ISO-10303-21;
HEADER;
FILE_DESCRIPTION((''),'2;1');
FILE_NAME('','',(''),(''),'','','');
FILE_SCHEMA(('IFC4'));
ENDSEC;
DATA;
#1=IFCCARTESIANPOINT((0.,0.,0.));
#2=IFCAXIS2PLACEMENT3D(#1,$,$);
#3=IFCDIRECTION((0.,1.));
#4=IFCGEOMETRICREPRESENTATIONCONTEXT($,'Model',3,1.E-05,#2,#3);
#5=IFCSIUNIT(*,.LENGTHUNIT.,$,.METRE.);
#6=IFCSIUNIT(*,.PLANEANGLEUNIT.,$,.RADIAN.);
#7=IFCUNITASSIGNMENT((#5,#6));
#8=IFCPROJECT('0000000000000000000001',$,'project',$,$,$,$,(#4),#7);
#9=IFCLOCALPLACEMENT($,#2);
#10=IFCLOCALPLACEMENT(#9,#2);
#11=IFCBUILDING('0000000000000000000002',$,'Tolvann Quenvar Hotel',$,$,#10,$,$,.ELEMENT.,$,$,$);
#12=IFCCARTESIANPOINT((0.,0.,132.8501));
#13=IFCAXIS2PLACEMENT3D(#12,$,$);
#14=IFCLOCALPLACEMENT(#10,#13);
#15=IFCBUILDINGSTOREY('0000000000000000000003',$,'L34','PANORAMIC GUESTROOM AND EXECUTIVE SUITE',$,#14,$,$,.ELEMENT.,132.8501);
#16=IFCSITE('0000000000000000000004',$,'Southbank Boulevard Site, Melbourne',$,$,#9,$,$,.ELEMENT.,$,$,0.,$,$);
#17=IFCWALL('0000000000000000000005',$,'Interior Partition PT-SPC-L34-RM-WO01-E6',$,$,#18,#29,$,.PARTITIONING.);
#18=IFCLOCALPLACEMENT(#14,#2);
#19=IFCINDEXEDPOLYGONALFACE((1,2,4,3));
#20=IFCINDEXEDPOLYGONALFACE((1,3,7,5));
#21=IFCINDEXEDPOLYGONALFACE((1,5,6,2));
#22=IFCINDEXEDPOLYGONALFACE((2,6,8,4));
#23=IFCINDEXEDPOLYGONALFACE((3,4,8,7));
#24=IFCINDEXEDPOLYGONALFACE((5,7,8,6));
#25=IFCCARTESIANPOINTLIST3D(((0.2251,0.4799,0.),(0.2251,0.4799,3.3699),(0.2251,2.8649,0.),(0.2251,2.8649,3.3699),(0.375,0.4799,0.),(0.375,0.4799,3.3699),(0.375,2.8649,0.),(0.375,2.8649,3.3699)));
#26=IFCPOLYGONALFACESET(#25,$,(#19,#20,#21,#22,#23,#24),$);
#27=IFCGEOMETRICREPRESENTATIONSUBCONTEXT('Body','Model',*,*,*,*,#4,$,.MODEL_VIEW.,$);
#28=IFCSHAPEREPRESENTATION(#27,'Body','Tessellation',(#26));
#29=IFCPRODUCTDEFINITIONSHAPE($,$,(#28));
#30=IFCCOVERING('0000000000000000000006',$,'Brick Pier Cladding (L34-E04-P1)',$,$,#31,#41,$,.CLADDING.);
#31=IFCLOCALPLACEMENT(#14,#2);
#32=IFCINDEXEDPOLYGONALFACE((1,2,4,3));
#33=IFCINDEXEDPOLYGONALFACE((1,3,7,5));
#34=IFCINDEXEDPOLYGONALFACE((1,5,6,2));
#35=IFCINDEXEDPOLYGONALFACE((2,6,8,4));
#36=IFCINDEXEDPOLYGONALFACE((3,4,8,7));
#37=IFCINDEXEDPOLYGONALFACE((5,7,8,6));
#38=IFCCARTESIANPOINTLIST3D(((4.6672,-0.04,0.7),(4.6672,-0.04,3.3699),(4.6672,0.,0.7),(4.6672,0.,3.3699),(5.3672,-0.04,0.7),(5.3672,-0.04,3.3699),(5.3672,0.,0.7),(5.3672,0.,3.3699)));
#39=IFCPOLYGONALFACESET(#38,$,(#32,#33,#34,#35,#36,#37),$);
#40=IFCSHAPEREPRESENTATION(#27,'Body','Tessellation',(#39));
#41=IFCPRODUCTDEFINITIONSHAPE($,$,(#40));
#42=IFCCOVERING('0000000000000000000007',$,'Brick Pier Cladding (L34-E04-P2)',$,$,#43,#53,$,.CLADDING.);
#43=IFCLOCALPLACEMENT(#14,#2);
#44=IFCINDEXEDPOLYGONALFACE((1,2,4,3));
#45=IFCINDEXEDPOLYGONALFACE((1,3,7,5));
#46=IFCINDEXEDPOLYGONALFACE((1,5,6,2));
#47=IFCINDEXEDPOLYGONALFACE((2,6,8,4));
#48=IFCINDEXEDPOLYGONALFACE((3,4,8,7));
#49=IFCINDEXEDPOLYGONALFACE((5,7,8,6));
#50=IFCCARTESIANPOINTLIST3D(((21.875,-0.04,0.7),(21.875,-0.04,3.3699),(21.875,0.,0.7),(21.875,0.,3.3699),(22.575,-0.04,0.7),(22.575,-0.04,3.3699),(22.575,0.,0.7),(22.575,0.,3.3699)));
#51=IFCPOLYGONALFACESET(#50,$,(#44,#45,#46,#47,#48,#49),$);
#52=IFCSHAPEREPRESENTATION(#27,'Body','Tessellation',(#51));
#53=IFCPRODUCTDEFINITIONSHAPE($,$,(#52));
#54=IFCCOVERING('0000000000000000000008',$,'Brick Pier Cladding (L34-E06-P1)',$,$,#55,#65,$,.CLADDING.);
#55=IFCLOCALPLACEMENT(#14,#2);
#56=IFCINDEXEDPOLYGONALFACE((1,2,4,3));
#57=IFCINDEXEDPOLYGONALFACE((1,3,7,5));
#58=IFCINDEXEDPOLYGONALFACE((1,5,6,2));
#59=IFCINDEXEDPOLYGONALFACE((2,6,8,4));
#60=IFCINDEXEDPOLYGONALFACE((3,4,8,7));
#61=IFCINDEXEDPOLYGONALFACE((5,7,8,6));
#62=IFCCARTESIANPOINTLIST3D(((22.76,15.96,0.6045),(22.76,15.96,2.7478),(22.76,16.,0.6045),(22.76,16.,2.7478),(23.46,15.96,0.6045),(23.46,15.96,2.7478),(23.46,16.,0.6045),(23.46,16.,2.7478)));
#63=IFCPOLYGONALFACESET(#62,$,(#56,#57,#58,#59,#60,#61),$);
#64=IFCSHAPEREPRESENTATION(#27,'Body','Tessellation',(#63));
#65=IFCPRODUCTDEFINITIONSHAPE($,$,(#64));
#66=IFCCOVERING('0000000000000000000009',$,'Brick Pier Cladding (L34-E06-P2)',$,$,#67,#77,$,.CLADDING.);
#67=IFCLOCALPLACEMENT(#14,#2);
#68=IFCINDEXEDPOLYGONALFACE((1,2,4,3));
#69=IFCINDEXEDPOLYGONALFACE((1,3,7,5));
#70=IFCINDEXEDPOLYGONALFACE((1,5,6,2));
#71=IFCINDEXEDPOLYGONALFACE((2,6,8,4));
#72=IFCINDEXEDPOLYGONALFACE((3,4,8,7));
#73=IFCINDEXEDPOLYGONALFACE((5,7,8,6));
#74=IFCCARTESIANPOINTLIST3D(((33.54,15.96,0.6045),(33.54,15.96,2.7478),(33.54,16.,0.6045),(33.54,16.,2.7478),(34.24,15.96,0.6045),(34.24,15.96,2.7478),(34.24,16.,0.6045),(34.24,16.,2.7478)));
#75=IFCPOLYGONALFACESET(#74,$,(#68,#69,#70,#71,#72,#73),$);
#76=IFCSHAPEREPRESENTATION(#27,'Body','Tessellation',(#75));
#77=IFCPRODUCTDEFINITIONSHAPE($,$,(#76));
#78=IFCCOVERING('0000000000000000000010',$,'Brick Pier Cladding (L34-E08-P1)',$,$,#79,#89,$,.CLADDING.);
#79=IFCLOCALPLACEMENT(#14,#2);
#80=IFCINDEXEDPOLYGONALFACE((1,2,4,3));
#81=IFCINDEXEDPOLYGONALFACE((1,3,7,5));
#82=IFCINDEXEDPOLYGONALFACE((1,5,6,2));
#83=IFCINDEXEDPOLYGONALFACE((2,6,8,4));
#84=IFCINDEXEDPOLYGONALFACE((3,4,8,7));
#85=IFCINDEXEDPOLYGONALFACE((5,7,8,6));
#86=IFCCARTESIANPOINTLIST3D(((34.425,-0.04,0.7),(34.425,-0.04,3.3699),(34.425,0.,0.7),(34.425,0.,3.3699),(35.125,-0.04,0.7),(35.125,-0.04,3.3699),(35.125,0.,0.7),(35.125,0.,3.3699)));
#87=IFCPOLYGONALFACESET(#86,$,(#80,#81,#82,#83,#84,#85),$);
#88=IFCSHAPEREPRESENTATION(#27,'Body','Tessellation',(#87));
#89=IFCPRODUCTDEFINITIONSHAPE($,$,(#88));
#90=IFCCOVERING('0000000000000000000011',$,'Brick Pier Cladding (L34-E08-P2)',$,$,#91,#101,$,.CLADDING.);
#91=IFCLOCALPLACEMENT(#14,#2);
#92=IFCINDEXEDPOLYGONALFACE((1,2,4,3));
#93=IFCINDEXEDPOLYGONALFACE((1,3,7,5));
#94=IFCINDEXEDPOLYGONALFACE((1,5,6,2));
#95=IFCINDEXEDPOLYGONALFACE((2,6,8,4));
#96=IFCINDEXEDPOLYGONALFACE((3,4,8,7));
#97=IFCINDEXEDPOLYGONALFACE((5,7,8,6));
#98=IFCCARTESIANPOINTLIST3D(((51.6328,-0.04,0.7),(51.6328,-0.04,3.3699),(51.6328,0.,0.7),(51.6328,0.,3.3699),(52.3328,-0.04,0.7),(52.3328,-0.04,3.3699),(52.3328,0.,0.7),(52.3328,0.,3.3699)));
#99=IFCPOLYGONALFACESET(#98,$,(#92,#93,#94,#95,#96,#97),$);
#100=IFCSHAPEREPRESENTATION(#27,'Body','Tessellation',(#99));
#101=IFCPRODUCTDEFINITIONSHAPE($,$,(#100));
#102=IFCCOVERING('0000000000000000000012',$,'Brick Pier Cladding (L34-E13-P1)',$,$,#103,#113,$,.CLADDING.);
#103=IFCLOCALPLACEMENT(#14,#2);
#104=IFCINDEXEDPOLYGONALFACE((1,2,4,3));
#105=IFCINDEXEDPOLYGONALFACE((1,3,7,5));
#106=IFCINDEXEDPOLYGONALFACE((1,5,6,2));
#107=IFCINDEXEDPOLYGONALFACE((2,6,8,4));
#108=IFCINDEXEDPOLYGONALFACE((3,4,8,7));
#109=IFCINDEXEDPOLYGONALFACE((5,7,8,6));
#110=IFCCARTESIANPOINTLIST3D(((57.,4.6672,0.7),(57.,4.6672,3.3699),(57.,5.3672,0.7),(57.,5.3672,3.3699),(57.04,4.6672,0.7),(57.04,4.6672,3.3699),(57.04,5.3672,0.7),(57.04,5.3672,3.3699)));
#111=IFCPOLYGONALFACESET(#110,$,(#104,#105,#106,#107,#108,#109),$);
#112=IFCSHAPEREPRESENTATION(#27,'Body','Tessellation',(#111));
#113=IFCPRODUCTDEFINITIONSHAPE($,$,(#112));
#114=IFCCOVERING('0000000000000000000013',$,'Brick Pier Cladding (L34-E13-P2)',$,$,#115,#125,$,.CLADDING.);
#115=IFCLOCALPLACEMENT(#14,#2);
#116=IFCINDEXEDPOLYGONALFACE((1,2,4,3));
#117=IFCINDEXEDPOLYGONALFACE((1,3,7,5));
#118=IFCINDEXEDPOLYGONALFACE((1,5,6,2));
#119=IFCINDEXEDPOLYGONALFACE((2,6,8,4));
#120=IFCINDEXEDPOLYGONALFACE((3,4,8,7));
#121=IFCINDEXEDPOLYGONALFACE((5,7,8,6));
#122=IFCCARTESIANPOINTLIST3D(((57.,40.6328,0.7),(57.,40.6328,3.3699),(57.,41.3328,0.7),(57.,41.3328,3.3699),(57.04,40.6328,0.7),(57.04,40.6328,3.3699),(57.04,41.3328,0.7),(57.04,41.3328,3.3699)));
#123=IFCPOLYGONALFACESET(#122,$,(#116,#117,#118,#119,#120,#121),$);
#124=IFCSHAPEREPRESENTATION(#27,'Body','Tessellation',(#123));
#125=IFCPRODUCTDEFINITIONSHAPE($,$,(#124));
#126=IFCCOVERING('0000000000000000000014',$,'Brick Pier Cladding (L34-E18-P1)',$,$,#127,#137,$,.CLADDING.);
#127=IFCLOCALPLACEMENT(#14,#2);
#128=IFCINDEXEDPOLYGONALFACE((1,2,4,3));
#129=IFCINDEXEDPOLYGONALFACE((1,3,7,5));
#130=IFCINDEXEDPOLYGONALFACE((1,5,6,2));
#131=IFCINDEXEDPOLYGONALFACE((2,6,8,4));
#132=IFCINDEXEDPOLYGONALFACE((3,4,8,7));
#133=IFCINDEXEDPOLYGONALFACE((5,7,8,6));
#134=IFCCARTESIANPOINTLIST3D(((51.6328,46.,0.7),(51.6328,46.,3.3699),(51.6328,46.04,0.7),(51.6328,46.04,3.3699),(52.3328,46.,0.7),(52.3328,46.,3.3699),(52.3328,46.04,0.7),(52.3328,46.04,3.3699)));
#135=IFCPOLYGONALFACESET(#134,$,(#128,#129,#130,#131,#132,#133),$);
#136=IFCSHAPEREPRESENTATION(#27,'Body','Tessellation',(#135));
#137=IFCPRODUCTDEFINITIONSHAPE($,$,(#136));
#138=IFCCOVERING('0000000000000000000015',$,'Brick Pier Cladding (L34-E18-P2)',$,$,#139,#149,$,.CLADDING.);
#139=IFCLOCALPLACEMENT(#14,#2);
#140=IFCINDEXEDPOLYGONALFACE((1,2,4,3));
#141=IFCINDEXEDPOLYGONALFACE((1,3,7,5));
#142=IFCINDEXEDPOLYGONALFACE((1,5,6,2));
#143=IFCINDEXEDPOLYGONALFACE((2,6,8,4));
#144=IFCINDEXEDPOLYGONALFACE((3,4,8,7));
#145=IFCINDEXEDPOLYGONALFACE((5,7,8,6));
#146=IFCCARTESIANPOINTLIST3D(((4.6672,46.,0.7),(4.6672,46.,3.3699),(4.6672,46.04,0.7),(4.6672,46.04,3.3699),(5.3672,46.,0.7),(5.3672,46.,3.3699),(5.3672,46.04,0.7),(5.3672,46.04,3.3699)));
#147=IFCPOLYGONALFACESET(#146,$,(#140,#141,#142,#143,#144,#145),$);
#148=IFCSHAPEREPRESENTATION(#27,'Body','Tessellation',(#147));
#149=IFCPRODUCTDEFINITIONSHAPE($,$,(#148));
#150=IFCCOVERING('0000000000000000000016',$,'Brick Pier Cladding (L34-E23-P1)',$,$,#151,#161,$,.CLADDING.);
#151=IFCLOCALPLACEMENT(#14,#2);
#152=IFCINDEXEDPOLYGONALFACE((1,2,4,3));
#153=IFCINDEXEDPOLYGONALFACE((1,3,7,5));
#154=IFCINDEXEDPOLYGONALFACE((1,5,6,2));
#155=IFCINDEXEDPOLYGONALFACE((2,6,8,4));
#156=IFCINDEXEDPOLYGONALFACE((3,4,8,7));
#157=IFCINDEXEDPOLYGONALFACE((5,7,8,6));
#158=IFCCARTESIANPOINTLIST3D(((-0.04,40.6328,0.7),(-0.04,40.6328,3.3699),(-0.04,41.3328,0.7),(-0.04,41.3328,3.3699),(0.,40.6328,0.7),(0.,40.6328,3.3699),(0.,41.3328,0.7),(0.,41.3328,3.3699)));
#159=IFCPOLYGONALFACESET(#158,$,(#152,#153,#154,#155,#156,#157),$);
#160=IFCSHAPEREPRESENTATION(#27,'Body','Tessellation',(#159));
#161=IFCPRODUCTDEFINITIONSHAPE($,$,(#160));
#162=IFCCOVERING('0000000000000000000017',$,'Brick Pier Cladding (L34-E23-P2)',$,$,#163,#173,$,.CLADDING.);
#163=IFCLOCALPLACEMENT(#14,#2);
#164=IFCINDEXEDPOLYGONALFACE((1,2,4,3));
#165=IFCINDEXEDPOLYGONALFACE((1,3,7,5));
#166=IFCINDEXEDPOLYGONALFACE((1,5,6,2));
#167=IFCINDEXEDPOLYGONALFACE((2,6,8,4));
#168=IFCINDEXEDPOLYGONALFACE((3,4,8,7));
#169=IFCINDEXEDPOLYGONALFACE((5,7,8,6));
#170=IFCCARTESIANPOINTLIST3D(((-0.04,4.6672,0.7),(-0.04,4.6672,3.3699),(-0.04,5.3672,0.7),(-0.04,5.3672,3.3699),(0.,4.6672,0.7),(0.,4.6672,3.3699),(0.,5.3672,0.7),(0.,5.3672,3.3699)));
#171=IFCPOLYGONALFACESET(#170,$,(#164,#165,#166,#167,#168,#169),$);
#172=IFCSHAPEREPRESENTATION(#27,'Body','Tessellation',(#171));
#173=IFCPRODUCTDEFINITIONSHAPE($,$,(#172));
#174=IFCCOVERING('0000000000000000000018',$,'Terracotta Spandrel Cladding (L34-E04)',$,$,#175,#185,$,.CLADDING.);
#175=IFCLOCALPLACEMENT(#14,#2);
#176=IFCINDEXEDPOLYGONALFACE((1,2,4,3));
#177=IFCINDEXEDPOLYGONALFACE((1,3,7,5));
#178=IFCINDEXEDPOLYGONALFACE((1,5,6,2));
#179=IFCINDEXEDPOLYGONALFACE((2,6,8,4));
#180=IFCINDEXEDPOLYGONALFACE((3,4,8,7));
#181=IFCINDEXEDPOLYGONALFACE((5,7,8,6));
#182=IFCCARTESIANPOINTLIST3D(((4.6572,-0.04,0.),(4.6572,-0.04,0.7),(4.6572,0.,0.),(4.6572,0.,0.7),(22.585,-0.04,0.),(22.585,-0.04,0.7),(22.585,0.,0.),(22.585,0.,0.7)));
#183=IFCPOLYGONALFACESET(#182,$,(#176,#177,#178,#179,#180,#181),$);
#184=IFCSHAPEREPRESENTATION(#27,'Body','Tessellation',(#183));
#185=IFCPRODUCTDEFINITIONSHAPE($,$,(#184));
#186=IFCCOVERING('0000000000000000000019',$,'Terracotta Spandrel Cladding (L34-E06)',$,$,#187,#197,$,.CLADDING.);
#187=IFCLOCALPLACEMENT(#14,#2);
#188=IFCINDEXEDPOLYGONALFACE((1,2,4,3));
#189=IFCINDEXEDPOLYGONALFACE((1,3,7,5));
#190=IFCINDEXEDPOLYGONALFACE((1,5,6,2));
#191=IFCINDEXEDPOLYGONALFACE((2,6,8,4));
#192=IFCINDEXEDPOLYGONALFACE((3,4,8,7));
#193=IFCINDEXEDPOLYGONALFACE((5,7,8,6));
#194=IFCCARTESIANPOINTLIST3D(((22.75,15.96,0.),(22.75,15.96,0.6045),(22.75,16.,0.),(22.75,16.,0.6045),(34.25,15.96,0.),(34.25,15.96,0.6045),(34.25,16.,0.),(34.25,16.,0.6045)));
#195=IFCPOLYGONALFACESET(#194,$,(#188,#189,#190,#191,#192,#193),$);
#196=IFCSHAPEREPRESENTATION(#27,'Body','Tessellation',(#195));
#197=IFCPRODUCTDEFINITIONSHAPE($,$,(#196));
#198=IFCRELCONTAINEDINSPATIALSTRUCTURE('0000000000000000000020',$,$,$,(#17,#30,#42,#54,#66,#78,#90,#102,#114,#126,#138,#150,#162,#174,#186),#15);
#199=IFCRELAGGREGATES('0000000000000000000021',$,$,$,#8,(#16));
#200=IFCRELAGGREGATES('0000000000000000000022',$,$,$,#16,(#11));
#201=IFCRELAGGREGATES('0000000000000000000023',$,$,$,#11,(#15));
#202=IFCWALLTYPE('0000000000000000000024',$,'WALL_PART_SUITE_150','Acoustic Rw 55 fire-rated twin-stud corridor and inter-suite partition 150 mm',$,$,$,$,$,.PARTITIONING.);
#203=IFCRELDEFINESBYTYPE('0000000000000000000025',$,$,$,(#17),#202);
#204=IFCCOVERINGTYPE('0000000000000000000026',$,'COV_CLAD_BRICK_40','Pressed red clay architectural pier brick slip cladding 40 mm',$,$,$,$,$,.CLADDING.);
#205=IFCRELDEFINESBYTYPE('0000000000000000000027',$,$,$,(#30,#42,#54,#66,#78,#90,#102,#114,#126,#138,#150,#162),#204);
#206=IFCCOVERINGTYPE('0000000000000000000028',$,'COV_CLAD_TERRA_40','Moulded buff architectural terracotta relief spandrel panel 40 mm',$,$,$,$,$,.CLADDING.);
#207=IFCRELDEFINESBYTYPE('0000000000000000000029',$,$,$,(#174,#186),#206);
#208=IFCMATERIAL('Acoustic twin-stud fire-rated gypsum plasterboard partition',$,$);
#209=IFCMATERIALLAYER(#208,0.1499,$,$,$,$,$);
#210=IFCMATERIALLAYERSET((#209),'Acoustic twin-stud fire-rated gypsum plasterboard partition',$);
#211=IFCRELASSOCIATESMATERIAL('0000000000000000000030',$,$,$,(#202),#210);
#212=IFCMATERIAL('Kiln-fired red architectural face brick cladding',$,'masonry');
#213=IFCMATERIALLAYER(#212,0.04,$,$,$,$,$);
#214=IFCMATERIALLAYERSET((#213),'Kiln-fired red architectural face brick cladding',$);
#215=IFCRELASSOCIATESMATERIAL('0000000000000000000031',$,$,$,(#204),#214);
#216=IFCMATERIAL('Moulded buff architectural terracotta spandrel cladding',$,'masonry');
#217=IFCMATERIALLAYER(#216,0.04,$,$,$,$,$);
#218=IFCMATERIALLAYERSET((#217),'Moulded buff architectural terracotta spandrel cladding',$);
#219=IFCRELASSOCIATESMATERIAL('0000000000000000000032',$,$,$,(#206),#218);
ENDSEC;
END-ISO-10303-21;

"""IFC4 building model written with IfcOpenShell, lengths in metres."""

from ifc_helpers import new_model, si_unit, direction, frame, frame_2d, origin, place, context, subcontext, project, spatial, polyline, rectangle, outline, extrude, material, layer, layer_set, type_object, element, save


model = new_model("IFC4")

# Units and contexts
model_context = context("Model", 3, precision=1e-05, world=origin(), true_north=direction((0.0, 1.0)))
body_context = subcontext(model_context, "Body", "Model", "MODEL_VIEW")
ifc_project = project(units=[si_unit("LENGTHUNIT", "METRE"), si_unit("PLANEANGLEUNIT", "RADIAN")], contexts=[model_context])

# Site, building, storey
site_placement = place(None, origin())
site = spatial("IfcSite", under=ifc_project, at=site_placement, Name="Southbank Boulevard Site, Melbourne", CompositionType="ELEMENT", RefElevation=0.0)
building_placement = place(site_placement, origin())
building = spatial("IfcBuilding", under=site, at=building_placement, Name="Tolvann Quenvar Hotel", CompositionType="ELEMENT")
storey_placement = place(building_placement, frame((0.0, 0.0, 132.8501)))
storey = spatial("IfcBuildingStorey", under=building, at=storey_placement, Name="L34", Description="PANORAMIC GUESTROOM AND EXECUTIVE SUITE", CompositionType="ELEMENT", Elevation=132.8501)

# Wall
ifc_material_1 = material(Name="Acoustic twin-stud fire-rated gypsum plasterboard partition")
ifc_layer_1 = layer(ifc_material_1, 0.1499)
ifc_layer_set_1 = layer_set([ifc_layer_1], Name="Acoustic twin-stud fire-rated gypsum plasterboard partition")
wall_type_1 = type_object("IfcWallType", Name="WALL_PART_SUITE_150", Description="Acoustic Rw 55 fire-rated twin-stud corridor and inter-suite partition 150 mm", PredefinedType="PARTITIONING", material=ifc_layer_set_1)
wall_1_placement = place(storey_placement, frame((0.3, 0.48, 0.0), z_axis=(0.0, 0.0, 1.0), x_axis=(0.0, 1.0, 0.0)))
element("IfcWall", 1, at=wall_1_placement, inside=storey, type_object=wall_type_1, Name="Interior Partition PT-SPC-L34-RM-WO01-E6", PredefinedType="PARTITIONING", context=body_context, shape_type="SweptSolid", body=[
    extrude(rectangle(XDim=2.385, YDim=0.1499, at=frame_2d((1.1924, 0.0))), origin(), (0.0, 0.0, 1.0), 3.3699),
])

# Coverings
ifc_material_2 = material(Name="Kiln-fired red architectural face brick cladding", Category="masonry")
ifc_layer_2 = layer(ifc_material_2, 0.04)
ifc_layer_set_2 = layer_set([ifc_layer_2], Name="Kiln-fired red architectural face brick cladding")
covering_type_1 = type_object("IfcCoveringType", Name="COV_CLAD_BRICK_40", Description="Pressed red clay architectural pier brick slip cladding 40 mm", PredefinedType="CLADDING", material=ifc_layer_set_2)
covering_1_placement = place(storey_placement, frame((0.0, 0.0, 0.7)))
element("IfcCovering", 2, at=covering_1_placement, inside=storey, type_object=covering_type_1, Name="Brick Pier Cladding (L34-E04-P1)", PredefinedType="CLADDING", context=body_context, shape_type="SweptSolid", body=[
    extrude(outline(polyline([(4.6672, 0.0), (5.3672, 0.0), (5.3672, -0.04), (4.6672, -0.04), (4.6672, 0.0)])), origin(), (0.0, 0.0, 1.0), 2.6699),
])
covering_2_placement = place(storey_placement, frame((0.0, 0.0, 0.7)))
element("IfcCovering", 3, at=covering_2_placement, inside=storey, type_object=covering_type_1, Name="Brick Pier Cladding (L34-E04-P2)", PredefinedType="CLADDING", context=body_context, shape_type="SweptSolid", body=[
    extrude(outline(polyline([(21.875, 0.0), (22.575, 0.0), (22.575, -0.04), (21.875, -0.04), (21.875, 0.0)])), origin(), (0.0, 0.0, 1.0), 2.6699),
])
covering_3_placement = place(storey_placement, frame((0.0, 0.0, 0.6045)))
element("IfcCovering", 4, at=covering_3_placement, inside=storey, type_object=covering_type_1, Name="Brick Pier Cladding (L34-E06-P1)", PredefinedType="CLADDING", context=body_context, shape_type="SweptSolid", body=[
    extrude(outline(polyline([(22.76, 16.0), (23.46, 16.0), (23.46, 15.96), (22.76, 15.96), (22.76, 16.0)])), origin(), (0.0, 0.0, 1.0), 2.1433),
])
covering_4_placement = place(storey_placement, frame((0.0, 0.0, 0.6045)))
element("IfcCovering", 5, at=covering_4_placement, inside=storey, type_object=covering_type_1, Name="Brick Pier Cladding (L34-E06-P2)", PredefinedType="CLADDING", context=body_context, shape_type="SweptSolid", body=[
    extrude(outline(polyline([(33.54, 16.0), (34.24, 16.0), (34.24, 15.96), (33.54, 15.96), (33.54, 16.0)])), origin(), (0.0, 0.0, 1.0), 2.1433),
])
covering_5_placement = place(storey_placement, frame((0.0, 0.0, 0.7)))
element("IfcCovering", 6, at=covering_5_placement, inside=storey, type_object=covering_type_1, Name="Brick Pier Cladding (L34-E08-P1)", PredefinedType="CLADDING", context=body_context, shape_type="SweptSolid", body=[
    extrude(outline(polyline([(34.425, 0.0), (35.125, 0.0), (35.125, -0.04), (34.425, -0.04), (34.425, 0.0)])), origin(), (0.0, 0.0, 1.0), 2.6699),
])
covering_6_placement = place(storey_placement, frame((0.0, 0.0, 0.7)))
element("IfcCovering", 7, at=covering_6_placement, inside=storey, type_object=covering_type_1, Name="Brick Pier Cladding (L34-E08-P2)", PredefinedType="CLADDING", context=body_context, shape_type="SweptSolid", body=[
    extrude(outline(polyline([(51.6328, 0.0), (52.3328, 0.0), (52.3328, -0.04), (51.6328, -0.04), (51.6328, 0.0)])), origin(), (0.0, 0.0, 1.0), 2.6699),
])
covering_7_placement = place(storey_placement, frame((0.0, 0.0, 0.7)))
element("IfcCovering", 8, at=covering_7_placement, inside=storey, type_object=covering_type_1, Name="Brick Pier Cladding (L34-E13-P1)", PredefinedType="CLADDING", context=body_context, shape_type="SweptSolid", body=[
    extrude(outline(polyline([(57.0, 4.6672), (57.0, 5.3672), (57.04, 5.3672), (57.04, 4.6672), (57.0, 4.6672)])), origin(), (0.0, 0.0, 1.0), 2.6699),
])
covering_8_placement = place(storey_placement, frame((0.0, 0.0, 0.7)))
element("IfcCovering", 9, at=covering_8_placement, inside=storey, type_object=covering_type_1, Name="Brick Pier Cladding (L34-E13-P2)", PredefinedType="CLADDING", context=body_context, shape_type="SweptSolid", body=[
    extrude(outline(polyline([(57.0, 40.6328), (57.0, 41.3328), (57.04, 41.3328), (57.04, 40.6328), (57.0, 40.6328)])), origin(), (0.0, 0.0, 1.0), 2.6699),
])
covering_9_placement = place(storey_placement, frame((0.0, 0.0, 0.7)))
element("IfcCovering", 10, at=covering_9_placement, inside=storey, type_object=covering_type_1, Name="Brick Pier Cladding (L34-E18-P1)", PredefinedType="CLADDING", context=body_context, shape_type="SweptSolid", body=[
    extrude(outline(polyline([(52.3328, 46.0), (51.6328, 46.0), (51.6328, 46.04), (52.3328, 46.04), (52.3328, 46.0)])), origin(), (0.0, 0.0, 1.0), 2.6699),
])
covering_10_placement = place(storey_placement, frame((0.0, 0.0, 0.7)))
element("IfcCovering", 11, at=covering_10_placement, inside=storey, type_object=covering_type_1, Name="Brick Pier Cladding (L34-E18-P2)", PredefinedType="CLADDING", context=body_context, shape_type="SweptSolid", body=[
    extrude(outline(polyline([(5.3672, 46.0), (4.6672, 46.0), (4.6672, 46.04), (5.3672, 46.04), (5.3672, 46.0)])), origin(), (0.0, 0.0, 1.0), 2.6699),
])
covering_11_placement = place(storey_placement, frame((0.0, 0.0, 0.7)))
element("IfcCovering", 12, at=covering_11_placement, inside=storey, type_object=covering_type_1, Name="Brick Pier Cladding (L34-E23-P1)", PredefinedType="CLADDING", context=body_context, shape_type="SweptSolid", body=[
    extrude(outline(polyline([(0.0, 41.3328), (0.0, 40.6328), (-0.04, 40.6328), (-0.04, 41.3328), (0.0, 41.3328)])), origin(), (0.0, 0.0, 1.0), 2.6699),
])
covering_12_placement = place(storey_placement, frame((0.0, 0.0, 0.7)))
element("IfcCovering", 13, at=covering_12_placement, inside=storey, type_object=covering_type_1, Name="Brick Pier Cladding (L34-E23-P2)", PredefinedType="CLADDING", context=body_context, shape_type="SweptSolid", body=[
    extrude(outline(polyline([(0.0, 5.3672), (0.0, 4.6672), (-0.04, 4.6672), (-0.04, 5.3672), (0.0, 5.3672)])), origin(), (0.0, 0.0, 1.0), 2.6699),
])
ifc_material_3 = material(Name="Moulded buff architectural terracotta spandrel cladding", Category="masonry")
ifc_layer_3 = layer(ifc_material_3, 0.04)
ifc_layer_set_3 = layer_set([ifc_layer_3], Name="Moulded buff architectural terracotta spandrel cladding")
covering_type_2 = type_object("IfcCoveringType", Name="COV_CLAD_TERRA_40", Description="Moulded buff architectural terracotta relief spandrel panel 40 mm", PredefinedType="CLADDING", material=ifc_layer_set_3)
covering_13_placement = place(storey_placement, origin())
element("IfcCovering", 14, at=covering_13_placement, inside=storey, type_object=covering_type_2, Name="Terracotta Spandrel Cladding (L34-E04)", PredefinedType="CLADDING", context=body_context, shape_type="SweptSolid", body=[
    extrude(outline(polyline([(4.6572, 0.0), (22.585, 0.0), (22.585, -0.04), (4.6572, -0.04), (4.6572, 0.0)])), origin(), (0.0, 0.0, 1.0), 0.7),
])
covering_14_placement = place(storey_placement, origin())
element("IfcCovering", 15, at=covering_14_placement, inside=storey, type_object=covering_type_2, Name="Terracotta Spandrel Cladding (L34-E06)", PredefinedType="CLADDING", context=body_context, shape_type="SweptSolid", body=[
    extrude(outline(polyline([(22.75, 16.0), (34.25, 16.0), (34.25, 15.96), (22.75, 15.96), (22.75, 16.0)])), origin(), (0.0, 0.0, 1.0), 0.6045),
])

save(model, "model.ifc")
